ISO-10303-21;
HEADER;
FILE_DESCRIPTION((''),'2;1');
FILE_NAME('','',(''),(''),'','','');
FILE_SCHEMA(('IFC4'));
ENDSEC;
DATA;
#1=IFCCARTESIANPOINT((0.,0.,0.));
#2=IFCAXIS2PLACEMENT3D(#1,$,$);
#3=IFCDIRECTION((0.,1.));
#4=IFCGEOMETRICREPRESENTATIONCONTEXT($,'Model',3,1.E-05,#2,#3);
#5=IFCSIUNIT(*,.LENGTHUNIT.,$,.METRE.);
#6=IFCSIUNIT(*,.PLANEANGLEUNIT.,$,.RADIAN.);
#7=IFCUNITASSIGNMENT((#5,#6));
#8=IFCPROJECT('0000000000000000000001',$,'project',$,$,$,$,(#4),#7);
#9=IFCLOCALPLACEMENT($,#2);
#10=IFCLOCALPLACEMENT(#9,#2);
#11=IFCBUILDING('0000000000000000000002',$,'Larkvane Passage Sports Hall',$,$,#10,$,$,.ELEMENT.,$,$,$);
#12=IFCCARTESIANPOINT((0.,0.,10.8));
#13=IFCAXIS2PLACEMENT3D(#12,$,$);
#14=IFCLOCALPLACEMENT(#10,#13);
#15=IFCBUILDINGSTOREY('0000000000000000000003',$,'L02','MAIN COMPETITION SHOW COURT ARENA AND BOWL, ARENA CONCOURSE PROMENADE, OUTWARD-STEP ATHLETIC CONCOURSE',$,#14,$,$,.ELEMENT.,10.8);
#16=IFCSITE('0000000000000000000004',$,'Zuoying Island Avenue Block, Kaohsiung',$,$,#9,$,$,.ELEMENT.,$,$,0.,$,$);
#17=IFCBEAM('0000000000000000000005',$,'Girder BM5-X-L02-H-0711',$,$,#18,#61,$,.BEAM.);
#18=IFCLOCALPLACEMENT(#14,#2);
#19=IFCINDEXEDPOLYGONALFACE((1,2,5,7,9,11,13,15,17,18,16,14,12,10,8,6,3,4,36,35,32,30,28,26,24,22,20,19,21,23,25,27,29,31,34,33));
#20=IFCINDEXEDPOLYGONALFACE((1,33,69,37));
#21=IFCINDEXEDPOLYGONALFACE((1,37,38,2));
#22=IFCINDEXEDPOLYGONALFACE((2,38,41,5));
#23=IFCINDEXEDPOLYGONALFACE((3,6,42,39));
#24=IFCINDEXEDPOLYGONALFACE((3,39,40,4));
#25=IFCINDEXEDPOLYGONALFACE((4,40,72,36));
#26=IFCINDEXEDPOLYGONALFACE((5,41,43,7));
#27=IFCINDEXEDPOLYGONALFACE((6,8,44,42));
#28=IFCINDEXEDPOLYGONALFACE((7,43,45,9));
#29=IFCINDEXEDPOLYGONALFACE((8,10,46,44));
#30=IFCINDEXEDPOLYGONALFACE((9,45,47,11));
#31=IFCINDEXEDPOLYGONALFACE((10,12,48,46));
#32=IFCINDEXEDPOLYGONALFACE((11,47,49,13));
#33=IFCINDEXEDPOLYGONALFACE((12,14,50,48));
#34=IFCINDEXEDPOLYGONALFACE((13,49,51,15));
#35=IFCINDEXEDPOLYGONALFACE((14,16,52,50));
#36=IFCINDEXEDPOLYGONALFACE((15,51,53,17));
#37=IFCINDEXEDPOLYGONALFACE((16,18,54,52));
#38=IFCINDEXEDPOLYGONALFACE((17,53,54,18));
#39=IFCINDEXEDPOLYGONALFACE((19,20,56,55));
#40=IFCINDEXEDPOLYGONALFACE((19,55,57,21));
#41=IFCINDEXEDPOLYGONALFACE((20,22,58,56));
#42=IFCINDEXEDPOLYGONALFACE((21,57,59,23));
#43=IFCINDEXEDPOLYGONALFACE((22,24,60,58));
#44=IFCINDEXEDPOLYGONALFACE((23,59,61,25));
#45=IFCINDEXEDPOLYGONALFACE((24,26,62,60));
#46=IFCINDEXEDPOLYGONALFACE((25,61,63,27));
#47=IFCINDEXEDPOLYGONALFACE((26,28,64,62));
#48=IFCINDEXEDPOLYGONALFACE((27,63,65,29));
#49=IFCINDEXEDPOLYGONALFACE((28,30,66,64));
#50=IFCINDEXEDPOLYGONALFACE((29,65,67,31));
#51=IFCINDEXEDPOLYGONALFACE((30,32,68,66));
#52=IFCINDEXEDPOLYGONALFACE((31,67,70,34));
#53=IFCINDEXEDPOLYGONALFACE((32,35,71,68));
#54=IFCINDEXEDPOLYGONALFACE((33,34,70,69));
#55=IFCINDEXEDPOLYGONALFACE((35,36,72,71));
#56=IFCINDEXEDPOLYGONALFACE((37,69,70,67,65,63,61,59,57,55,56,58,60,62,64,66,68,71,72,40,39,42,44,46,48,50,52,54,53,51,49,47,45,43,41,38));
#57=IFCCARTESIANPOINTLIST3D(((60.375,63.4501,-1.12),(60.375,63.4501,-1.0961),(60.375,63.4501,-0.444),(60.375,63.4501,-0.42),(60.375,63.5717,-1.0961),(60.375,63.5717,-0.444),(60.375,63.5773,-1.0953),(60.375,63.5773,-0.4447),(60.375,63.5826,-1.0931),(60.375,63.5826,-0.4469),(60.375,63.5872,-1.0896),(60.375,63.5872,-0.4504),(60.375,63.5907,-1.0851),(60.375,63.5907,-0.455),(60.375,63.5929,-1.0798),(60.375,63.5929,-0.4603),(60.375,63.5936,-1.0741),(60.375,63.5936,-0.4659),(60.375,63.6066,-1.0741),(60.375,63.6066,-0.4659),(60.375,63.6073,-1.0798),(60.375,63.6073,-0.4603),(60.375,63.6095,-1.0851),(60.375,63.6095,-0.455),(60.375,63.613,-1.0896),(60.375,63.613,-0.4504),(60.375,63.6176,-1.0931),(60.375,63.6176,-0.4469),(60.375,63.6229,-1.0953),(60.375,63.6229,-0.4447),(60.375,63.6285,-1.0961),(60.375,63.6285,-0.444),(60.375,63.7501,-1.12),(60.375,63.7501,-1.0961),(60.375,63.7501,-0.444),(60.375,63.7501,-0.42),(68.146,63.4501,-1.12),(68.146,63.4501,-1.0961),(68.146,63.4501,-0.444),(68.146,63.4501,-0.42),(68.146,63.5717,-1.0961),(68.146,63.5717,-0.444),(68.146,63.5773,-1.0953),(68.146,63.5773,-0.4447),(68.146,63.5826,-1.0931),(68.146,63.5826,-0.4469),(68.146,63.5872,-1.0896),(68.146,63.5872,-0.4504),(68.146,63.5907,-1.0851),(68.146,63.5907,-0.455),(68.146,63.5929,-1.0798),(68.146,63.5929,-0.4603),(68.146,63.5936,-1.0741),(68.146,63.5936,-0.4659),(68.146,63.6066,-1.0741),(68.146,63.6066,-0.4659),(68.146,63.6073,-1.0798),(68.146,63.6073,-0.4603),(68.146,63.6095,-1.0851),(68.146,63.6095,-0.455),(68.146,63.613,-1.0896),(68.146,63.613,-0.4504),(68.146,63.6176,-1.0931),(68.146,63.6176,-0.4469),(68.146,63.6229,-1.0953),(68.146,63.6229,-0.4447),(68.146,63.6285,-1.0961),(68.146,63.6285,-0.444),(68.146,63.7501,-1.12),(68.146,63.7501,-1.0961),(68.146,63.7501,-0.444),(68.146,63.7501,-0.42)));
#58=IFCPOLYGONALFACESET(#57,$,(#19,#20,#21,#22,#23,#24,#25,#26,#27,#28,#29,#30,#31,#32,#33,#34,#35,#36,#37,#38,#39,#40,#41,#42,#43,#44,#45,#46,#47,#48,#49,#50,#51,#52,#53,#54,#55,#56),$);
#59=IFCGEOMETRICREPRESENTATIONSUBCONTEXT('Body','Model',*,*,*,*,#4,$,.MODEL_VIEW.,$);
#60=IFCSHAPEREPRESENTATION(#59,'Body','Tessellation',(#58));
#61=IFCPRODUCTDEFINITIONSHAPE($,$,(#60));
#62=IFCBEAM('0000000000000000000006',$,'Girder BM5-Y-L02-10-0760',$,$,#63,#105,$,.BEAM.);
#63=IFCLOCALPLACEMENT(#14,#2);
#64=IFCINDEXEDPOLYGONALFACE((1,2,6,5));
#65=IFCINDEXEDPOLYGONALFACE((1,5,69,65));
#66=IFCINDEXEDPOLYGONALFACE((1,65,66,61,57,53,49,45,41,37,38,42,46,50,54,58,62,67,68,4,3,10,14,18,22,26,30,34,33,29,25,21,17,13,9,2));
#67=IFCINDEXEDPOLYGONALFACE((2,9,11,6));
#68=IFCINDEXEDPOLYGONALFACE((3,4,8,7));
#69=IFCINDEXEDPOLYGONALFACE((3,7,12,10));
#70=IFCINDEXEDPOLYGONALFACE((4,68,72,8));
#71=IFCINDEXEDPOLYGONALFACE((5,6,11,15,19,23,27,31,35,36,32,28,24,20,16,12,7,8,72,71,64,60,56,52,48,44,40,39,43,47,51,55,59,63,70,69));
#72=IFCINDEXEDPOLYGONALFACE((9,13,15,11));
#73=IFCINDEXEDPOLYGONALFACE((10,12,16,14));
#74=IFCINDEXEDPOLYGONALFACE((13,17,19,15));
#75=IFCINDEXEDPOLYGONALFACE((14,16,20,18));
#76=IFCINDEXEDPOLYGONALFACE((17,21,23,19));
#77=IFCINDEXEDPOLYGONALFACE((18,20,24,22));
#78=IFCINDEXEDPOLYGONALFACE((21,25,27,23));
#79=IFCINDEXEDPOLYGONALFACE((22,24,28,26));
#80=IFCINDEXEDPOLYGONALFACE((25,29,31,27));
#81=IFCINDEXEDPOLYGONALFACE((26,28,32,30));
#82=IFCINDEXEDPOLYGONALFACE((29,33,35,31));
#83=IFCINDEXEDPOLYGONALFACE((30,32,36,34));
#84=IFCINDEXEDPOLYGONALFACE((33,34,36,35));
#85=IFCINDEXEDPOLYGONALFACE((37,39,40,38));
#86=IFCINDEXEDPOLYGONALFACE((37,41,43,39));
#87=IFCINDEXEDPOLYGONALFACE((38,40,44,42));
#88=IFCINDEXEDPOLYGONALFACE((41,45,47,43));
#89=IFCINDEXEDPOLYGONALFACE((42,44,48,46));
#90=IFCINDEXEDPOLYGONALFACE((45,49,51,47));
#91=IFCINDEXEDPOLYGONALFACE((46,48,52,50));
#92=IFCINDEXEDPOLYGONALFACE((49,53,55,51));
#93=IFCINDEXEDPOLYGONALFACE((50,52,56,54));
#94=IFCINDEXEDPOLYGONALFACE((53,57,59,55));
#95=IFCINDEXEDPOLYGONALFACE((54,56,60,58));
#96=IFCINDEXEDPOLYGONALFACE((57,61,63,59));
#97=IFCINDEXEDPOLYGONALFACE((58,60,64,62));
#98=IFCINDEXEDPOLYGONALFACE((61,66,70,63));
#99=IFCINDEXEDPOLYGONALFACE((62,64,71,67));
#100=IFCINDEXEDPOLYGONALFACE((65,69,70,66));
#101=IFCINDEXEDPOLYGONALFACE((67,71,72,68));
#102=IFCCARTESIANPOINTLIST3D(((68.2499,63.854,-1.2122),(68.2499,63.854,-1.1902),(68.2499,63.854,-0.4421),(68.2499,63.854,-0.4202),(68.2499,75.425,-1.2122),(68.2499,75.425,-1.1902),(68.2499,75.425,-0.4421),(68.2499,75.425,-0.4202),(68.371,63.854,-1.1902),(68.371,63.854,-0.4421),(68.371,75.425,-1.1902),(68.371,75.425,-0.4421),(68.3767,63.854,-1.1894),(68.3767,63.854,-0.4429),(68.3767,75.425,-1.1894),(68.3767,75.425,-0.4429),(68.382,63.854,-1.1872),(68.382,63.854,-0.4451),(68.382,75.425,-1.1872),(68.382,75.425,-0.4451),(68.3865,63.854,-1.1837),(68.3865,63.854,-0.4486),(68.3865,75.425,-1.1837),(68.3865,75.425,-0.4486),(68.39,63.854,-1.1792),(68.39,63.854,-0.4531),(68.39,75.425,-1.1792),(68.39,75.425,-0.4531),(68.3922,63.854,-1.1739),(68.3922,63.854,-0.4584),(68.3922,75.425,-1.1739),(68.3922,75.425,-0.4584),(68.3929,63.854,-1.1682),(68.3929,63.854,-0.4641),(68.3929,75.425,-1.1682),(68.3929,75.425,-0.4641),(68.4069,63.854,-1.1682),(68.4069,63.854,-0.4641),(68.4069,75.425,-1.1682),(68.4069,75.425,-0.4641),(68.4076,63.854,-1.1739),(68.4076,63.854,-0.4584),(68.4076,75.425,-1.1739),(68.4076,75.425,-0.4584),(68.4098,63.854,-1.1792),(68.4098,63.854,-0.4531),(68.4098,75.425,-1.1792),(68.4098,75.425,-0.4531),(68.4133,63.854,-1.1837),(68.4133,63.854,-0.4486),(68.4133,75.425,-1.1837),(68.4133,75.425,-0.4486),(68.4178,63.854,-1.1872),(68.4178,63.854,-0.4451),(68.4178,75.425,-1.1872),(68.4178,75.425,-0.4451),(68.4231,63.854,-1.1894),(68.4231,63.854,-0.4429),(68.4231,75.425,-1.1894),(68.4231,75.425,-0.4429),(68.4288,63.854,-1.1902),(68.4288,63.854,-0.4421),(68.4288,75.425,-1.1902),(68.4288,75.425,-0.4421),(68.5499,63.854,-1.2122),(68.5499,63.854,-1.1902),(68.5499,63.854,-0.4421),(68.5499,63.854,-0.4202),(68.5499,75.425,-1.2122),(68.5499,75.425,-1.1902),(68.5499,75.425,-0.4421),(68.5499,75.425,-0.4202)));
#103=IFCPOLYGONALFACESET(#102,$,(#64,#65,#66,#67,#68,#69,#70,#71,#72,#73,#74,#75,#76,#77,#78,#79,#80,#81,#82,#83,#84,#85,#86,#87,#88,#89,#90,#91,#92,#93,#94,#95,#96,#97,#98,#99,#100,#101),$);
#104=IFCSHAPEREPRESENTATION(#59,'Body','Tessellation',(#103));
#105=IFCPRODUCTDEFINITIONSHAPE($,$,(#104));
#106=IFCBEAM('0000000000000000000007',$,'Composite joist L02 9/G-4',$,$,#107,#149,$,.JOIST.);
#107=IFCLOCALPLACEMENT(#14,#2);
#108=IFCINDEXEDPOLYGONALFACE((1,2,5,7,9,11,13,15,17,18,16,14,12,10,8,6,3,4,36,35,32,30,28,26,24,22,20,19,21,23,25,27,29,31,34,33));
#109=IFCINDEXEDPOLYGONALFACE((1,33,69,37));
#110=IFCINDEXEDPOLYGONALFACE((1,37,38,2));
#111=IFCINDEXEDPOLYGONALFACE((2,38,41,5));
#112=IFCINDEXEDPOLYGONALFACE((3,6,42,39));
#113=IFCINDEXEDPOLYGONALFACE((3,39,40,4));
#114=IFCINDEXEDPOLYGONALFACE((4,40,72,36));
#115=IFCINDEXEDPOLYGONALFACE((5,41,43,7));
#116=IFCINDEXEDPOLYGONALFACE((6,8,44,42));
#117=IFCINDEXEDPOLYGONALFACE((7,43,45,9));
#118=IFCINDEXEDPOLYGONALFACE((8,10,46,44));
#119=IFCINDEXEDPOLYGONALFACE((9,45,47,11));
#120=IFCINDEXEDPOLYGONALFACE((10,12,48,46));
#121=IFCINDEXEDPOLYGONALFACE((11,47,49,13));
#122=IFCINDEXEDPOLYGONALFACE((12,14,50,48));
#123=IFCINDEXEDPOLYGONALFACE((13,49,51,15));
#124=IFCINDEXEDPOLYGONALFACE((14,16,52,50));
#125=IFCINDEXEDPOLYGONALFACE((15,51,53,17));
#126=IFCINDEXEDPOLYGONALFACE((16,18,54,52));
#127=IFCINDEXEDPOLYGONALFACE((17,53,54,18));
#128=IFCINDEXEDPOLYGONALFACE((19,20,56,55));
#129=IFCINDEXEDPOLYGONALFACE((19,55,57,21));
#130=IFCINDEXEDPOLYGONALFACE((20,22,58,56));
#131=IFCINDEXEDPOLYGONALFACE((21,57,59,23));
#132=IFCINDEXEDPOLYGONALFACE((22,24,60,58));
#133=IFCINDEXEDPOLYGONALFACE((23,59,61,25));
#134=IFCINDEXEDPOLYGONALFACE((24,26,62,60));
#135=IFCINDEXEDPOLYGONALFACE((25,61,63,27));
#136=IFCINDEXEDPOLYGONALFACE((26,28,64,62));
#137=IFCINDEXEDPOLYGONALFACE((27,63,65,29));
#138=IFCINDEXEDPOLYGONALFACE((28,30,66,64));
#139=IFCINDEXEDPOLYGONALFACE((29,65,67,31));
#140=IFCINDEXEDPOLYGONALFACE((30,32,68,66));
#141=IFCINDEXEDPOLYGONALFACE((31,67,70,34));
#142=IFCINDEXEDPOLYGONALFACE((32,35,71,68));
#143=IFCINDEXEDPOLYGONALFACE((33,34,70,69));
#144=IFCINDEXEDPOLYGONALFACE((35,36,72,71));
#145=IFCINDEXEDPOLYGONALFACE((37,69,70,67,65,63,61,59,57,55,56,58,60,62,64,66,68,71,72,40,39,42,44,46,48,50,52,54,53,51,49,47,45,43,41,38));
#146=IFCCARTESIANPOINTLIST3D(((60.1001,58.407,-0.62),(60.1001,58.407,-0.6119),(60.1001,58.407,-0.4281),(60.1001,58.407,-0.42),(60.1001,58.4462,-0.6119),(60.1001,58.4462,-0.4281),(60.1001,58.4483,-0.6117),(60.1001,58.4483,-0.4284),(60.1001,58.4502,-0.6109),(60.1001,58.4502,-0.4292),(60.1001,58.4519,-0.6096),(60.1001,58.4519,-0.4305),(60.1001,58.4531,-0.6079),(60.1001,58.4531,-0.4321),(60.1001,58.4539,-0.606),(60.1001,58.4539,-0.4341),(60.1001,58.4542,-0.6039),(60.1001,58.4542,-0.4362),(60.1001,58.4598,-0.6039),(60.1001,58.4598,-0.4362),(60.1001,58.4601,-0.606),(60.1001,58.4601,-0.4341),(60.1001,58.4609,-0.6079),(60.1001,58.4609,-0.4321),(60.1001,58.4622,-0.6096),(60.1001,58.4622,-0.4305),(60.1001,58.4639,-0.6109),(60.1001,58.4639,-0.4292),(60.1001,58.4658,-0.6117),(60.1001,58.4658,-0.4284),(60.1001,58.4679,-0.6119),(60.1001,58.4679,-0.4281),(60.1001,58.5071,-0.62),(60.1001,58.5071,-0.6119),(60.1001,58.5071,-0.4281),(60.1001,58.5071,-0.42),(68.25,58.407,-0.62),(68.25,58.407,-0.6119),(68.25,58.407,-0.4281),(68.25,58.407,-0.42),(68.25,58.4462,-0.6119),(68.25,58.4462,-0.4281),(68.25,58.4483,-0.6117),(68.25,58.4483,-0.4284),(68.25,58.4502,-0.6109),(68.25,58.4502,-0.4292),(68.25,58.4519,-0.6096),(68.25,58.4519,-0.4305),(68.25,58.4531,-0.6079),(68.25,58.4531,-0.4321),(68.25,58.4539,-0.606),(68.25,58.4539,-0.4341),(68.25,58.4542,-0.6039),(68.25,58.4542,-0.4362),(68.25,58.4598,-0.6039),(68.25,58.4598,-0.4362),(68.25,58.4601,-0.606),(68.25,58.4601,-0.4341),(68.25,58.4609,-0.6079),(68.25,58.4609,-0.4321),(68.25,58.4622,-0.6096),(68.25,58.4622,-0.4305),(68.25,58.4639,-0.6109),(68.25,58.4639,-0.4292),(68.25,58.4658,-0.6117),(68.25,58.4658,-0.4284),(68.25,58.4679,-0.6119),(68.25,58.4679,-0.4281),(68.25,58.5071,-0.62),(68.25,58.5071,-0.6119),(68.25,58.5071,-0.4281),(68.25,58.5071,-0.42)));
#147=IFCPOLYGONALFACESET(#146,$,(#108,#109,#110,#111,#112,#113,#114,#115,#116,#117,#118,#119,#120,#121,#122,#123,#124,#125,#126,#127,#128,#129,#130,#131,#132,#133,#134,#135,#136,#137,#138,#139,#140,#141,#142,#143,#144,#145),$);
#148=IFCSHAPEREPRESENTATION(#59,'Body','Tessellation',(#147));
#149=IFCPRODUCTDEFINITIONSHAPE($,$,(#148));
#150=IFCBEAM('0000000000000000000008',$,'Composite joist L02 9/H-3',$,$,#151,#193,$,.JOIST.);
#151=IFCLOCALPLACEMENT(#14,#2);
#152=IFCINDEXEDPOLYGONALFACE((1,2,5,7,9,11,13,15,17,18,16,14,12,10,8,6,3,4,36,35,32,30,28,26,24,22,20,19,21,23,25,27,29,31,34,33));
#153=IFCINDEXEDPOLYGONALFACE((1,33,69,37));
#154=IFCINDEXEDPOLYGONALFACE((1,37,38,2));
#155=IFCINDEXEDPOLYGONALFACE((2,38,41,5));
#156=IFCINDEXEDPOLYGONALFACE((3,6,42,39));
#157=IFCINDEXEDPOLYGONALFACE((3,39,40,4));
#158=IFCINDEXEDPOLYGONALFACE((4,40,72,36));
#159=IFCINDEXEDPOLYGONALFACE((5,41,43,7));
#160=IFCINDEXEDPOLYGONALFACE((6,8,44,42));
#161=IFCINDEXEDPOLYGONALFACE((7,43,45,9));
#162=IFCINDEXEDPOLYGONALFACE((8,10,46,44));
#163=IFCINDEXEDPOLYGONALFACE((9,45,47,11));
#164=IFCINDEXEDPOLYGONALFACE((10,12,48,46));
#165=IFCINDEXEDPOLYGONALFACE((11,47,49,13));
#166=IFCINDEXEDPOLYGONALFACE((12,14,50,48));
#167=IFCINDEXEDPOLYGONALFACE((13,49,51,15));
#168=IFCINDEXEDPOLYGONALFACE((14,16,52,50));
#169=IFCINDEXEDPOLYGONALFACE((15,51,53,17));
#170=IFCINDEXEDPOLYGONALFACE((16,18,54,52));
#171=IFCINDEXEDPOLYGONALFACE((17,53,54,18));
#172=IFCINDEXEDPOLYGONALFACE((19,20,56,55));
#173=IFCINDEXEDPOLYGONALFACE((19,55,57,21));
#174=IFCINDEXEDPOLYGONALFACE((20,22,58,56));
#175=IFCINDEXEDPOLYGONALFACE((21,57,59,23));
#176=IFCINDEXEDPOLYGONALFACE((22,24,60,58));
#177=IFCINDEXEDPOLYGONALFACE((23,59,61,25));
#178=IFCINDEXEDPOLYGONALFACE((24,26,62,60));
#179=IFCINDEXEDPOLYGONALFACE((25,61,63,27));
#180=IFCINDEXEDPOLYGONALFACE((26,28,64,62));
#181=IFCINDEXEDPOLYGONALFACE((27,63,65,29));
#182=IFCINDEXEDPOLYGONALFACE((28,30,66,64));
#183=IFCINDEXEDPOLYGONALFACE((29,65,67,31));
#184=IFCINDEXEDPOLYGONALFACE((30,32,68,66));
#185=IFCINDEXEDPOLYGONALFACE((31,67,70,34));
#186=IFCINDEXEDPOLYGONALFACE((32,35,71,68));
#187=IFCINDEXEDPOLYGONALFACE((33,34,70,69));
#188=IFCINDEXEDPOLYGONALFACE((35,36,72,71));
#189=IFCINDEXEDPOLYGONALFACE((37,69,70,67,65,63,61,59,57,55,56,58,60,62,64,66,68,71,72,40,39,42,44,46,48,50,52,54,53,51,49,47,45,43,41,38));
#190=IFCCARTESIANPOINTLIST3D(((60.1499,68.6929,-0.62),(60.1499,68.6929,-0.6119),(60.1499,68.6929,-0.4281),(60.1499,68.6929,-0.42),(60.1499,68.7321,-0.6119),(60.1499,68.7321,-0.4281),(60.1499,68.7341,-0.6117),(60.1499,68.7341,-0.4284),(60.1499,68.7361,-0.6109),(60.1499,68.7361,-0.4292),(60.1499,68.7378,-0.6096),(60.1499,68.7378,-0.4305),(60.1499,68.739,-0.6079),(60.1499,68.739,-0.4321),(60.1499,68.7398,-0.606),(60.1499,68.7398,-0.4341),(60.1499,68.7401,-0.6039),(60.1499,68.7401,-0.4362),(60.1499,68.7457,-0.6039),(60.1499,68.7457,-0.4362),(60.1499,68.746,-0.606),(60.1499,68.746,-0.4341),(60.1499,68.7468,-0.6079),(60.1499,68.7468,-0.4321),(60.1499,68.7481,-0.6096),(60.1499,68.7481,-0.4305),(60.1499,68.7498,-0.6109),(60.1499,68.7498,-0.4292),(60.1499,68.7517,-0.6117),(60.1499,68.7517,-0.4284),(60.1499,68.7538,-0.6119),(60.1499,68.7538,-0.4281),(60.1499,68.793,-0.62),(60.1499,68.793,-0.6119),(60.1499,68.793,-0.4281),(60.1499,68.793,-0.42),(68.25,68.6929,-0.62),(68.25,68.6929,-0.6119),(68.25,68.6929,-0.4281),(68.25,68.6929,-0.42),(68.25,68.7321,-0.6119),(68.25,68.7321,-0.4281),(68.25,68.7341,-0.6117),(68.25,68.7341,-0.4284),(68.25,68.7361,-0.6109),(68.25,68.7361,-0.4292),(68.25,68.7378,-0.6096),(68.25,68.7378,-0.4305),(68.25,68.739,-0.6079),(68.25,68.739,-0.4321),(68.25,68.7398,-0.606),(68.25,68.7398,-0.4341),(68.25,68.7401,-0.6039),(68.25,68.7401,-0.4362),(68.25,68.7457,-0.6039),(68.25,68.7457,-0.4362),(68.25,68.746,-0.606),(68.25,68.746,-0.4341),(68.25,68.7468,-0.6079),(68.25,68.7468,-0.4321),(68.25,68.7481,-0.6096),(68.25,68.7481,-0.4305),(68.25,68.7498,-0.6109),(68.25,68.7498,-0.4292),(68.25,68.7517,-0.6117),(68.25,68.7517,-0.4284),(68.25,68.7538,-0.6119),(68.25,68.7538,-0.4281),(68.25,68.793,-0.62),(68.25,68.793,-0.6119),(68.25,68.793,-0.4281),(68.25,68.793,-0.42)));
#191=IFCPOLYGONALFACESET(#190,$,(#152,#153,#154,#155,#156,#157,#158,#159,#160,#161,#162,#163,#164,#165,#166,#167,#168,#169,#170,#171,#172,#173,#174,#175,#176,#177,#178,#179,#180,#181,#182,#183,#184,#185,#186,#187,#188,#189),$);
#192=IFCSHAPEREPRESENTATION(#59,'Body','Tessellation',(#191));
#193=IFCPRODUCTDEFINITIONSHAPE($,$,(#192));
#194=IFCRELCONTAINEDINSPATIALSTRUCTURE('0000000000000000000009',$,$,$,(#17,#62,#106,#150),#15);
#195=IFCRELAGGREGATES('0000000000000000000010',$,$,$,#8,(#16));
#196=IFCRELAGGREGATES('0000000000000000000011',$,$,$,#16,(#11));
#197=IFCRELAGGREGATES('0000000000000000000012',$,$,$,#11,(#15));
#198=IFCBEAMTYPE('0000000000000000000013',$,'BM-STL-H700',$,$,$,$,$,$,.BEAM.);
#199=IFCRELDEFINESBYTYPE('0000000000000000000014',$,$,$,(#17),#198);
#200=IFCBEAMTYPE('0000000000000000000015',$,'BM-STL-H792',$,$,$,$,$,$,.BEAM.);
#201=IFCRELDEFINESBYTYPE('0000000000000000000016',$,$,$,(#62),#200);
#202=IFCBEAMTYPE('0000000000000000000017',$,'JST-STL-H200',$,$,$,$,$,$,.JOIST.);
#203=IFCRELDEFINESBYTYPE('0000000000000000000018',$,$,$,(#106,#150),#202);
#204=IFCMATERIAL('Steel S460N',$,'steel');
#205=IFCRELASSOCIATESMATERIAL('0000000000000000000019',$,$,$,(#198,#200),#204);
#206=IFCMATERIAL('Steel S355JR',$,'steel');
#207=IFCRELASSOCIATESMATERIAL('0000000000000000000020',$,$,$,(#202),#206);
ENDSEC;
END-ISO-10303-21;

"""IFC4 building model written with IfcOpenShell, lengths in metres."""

from ifc_helpers import new_model, si_unit, direction, frame, origin, origin_2d, place, context, subcontext, project, spatial, i_section, extrude, material, material_profile, profile_set, type_object, element, save


model = new_model("IFC4")

# Units and contexts
model_context = context("Model", 3, precision=1e-05, world=origin(), true_north=direction((0.0, 1.0)))
body_context = subcontext(model_context, "Body", "Model", "MODEL_VIEW")
ifc_project = project(units=[si_unit("LENGTHUNIT", "METRE"), si_unit("PLANEANGLEUNIT", "RADIAN")], contexts=[model_context])

# Site, building, storey
site_placement = place(None, origin())
site = spatial("IfcSite", under=ifc_project, at=site_placement, Name="Zuoying Island Avenue Block, Kaohsiung", CompositionType="ELEMENT", RefElevation=0.0)
building_placement = place(site_placement, origin())
building = spatial("IfcBuilding", under=site, at=building_placement, Name="Larkvane Passage Sports Hall", CompositionType="ELEMENT")
storey_placement = place(building_placement, frame((0.0, 0.0, 10.8)))
storey = spatial("IfcBuildingStorey", under=building, at=storey_placement, Name="L02", Description="MAIN COMPETITION SHOW COURT ARENA AND BOWL, ARENA CONCOURSE PROMENADE, OUTWARD-STEP ATHLETIC CONCOURSE", CompositionType="ELEMENT", Elevation=10.8)

# Shared definitions
ifc_material_1 = material(Name="Steel S460N", Category="steel")
ifc_material_2 = material(Name="Steel S355JR", Category="steel")

# Beams
ifc_material_profile_1 = material_profile(ifc_material_1, i_section(OverallWidth=0.3, OverallDepth=0.7, WebThickness=0.0129, FlangeThickness=0.0239, FilletRadius=0.022, at=origin_2d()), Name="H-700x300x13x24")
ifc_profile_set_1 = profile_set([ifc_material_profile_1], Name="Steel S460N")
beam_type_1 = type_object("IfcBeamType", Name="BM-STL-H700", PredefinedType="BEAM", material=ifc_profile_set_1)
beam_1_placement = place(storey_placement, frame((60.375, 63.6001, -0.77), z_axis=(1.0, 0.0, 0.0), x_axis=(0.0, 1.0, 0.0)))
element("IfcBeam", 1, at=beam_1_placement, inside=storey, type_object=beam_type_1, Name="Girder BM5-X-L02-H-0711", PredefinedType="BEAM", context=body_context, shape_type="SweptSolid", body=[
    extrude(i_section(OverallWidth=0.3, OverallDepth=0.7, WebThickness=0.0129, FlangeThickness=0.0239, FilletRadius=0.022, at=origin_2d()), origin(), (0.0, 0.0, 1.0), 7.771),
])
ifc_material_profile_2 = material_profile(ifc_material_1, i_section(OverallWidth=0.3, OverallDepth=0.792, WebThickness=0.0139, FlangeThickness=0.022, FilletRadius=0.022, at=origin_2d()), Name="H-792x300x14x22")
ifc_profile_set_2 = profile_set([ifc_material_profile_2], Name="Steel S460N")
beam_type_2 = type_object("IfcBeamType", Name="BM-STL-H792", PredefinedType="BEAM", material=ifc_profile_set_2)
beam_2_placement = place(storey_placement, frame((68.3999, 63.854, -0.8162), z_axis=(0.0, 1.0, 0.0), x_axis=(-1.0, 0.0, 0.0)))
element("IfcBeam", 2, at=beam_2_placement, inside=storey, type_object=beam_type_2, Name="Girder BM5-Y-L02-10-0760", PredefinedType="BEAM", context=body_context, shape_type="SweptSolid", body=[
    extrude(i_section(OverallWidth=0.3, OverallDepth=0.792, WebThickness=0.0139, FlangeThickness=0.022, FilletRadius=0.022, at=origin_2d()), origin(), (0.0, 0.0, 1.0), 11.571),
])
ifc_material_profile_3 = material_profile(ifc_material_2, i_section(OverallWidth=0.1001, OverallDepth=0.2, WebThickness=0.0056, FlangeThickness=0.0081, FilletRadius=0.0081, at=origin_2d()), Name="H-200x100x5.5x8")
ifc_profile_set_3 = profile_set([ifc_material_profile_3], Name="Steel S355JR")
beam_type_3 = type_object("IfcBeamType", Name="JST-STL-H200", PredefinedType="JOIST", material=ifc_profile_set_3)
beam_3_placement = place(storey_placement, frame((60.1001, 58.457, -0.52), z_axis=(1.0, 0.0, 0.0), x_axis=(0.0, 1.0, 0.0)))
element("IfcBeam", 3, at=beam_3_placement, inside=storey, type_object=beam_type_3, Name="Composite joist L02 9/G-4", PredefinedType="JOIST", context=body_context, shape_type="SweptSolid", body=[
    extrude(i_section(OverallWidth=0.1001, OverallDepth=0.2, WebThickness=0.0056, FlangeThickness=0.0081, FilletRadius=0.0081, at=origin_2d()), origin(), (0.0, 0.0, 1.0), 8.1499),
])
beam_4_placement = place(storey_placement, frame((60.1499, 68.7429, -0.52), z_axis=(1.0, 0.0, 0.0), x_axis=(0.0, 1.0, 0.0)))
element("IfcBeam", 4, at=beam_4_placement, inside=storey, type_object=beam_type_3, Name="Composite joist L02 9/H-3", PredefinedType="JOIST", context=body_context, shape_type="SweptSolid", body=[
    extrude(i_section(OverallWidth=0.1001, OverallDepth=0.2, WebThickness=0.0056, FlangeThickness=0.0081, FilletRadius=0.0081, at=origin_2d()), origin(), (0.0, 0.0, 1.0), 8.1001),
])

save(model, "model.ifc")
